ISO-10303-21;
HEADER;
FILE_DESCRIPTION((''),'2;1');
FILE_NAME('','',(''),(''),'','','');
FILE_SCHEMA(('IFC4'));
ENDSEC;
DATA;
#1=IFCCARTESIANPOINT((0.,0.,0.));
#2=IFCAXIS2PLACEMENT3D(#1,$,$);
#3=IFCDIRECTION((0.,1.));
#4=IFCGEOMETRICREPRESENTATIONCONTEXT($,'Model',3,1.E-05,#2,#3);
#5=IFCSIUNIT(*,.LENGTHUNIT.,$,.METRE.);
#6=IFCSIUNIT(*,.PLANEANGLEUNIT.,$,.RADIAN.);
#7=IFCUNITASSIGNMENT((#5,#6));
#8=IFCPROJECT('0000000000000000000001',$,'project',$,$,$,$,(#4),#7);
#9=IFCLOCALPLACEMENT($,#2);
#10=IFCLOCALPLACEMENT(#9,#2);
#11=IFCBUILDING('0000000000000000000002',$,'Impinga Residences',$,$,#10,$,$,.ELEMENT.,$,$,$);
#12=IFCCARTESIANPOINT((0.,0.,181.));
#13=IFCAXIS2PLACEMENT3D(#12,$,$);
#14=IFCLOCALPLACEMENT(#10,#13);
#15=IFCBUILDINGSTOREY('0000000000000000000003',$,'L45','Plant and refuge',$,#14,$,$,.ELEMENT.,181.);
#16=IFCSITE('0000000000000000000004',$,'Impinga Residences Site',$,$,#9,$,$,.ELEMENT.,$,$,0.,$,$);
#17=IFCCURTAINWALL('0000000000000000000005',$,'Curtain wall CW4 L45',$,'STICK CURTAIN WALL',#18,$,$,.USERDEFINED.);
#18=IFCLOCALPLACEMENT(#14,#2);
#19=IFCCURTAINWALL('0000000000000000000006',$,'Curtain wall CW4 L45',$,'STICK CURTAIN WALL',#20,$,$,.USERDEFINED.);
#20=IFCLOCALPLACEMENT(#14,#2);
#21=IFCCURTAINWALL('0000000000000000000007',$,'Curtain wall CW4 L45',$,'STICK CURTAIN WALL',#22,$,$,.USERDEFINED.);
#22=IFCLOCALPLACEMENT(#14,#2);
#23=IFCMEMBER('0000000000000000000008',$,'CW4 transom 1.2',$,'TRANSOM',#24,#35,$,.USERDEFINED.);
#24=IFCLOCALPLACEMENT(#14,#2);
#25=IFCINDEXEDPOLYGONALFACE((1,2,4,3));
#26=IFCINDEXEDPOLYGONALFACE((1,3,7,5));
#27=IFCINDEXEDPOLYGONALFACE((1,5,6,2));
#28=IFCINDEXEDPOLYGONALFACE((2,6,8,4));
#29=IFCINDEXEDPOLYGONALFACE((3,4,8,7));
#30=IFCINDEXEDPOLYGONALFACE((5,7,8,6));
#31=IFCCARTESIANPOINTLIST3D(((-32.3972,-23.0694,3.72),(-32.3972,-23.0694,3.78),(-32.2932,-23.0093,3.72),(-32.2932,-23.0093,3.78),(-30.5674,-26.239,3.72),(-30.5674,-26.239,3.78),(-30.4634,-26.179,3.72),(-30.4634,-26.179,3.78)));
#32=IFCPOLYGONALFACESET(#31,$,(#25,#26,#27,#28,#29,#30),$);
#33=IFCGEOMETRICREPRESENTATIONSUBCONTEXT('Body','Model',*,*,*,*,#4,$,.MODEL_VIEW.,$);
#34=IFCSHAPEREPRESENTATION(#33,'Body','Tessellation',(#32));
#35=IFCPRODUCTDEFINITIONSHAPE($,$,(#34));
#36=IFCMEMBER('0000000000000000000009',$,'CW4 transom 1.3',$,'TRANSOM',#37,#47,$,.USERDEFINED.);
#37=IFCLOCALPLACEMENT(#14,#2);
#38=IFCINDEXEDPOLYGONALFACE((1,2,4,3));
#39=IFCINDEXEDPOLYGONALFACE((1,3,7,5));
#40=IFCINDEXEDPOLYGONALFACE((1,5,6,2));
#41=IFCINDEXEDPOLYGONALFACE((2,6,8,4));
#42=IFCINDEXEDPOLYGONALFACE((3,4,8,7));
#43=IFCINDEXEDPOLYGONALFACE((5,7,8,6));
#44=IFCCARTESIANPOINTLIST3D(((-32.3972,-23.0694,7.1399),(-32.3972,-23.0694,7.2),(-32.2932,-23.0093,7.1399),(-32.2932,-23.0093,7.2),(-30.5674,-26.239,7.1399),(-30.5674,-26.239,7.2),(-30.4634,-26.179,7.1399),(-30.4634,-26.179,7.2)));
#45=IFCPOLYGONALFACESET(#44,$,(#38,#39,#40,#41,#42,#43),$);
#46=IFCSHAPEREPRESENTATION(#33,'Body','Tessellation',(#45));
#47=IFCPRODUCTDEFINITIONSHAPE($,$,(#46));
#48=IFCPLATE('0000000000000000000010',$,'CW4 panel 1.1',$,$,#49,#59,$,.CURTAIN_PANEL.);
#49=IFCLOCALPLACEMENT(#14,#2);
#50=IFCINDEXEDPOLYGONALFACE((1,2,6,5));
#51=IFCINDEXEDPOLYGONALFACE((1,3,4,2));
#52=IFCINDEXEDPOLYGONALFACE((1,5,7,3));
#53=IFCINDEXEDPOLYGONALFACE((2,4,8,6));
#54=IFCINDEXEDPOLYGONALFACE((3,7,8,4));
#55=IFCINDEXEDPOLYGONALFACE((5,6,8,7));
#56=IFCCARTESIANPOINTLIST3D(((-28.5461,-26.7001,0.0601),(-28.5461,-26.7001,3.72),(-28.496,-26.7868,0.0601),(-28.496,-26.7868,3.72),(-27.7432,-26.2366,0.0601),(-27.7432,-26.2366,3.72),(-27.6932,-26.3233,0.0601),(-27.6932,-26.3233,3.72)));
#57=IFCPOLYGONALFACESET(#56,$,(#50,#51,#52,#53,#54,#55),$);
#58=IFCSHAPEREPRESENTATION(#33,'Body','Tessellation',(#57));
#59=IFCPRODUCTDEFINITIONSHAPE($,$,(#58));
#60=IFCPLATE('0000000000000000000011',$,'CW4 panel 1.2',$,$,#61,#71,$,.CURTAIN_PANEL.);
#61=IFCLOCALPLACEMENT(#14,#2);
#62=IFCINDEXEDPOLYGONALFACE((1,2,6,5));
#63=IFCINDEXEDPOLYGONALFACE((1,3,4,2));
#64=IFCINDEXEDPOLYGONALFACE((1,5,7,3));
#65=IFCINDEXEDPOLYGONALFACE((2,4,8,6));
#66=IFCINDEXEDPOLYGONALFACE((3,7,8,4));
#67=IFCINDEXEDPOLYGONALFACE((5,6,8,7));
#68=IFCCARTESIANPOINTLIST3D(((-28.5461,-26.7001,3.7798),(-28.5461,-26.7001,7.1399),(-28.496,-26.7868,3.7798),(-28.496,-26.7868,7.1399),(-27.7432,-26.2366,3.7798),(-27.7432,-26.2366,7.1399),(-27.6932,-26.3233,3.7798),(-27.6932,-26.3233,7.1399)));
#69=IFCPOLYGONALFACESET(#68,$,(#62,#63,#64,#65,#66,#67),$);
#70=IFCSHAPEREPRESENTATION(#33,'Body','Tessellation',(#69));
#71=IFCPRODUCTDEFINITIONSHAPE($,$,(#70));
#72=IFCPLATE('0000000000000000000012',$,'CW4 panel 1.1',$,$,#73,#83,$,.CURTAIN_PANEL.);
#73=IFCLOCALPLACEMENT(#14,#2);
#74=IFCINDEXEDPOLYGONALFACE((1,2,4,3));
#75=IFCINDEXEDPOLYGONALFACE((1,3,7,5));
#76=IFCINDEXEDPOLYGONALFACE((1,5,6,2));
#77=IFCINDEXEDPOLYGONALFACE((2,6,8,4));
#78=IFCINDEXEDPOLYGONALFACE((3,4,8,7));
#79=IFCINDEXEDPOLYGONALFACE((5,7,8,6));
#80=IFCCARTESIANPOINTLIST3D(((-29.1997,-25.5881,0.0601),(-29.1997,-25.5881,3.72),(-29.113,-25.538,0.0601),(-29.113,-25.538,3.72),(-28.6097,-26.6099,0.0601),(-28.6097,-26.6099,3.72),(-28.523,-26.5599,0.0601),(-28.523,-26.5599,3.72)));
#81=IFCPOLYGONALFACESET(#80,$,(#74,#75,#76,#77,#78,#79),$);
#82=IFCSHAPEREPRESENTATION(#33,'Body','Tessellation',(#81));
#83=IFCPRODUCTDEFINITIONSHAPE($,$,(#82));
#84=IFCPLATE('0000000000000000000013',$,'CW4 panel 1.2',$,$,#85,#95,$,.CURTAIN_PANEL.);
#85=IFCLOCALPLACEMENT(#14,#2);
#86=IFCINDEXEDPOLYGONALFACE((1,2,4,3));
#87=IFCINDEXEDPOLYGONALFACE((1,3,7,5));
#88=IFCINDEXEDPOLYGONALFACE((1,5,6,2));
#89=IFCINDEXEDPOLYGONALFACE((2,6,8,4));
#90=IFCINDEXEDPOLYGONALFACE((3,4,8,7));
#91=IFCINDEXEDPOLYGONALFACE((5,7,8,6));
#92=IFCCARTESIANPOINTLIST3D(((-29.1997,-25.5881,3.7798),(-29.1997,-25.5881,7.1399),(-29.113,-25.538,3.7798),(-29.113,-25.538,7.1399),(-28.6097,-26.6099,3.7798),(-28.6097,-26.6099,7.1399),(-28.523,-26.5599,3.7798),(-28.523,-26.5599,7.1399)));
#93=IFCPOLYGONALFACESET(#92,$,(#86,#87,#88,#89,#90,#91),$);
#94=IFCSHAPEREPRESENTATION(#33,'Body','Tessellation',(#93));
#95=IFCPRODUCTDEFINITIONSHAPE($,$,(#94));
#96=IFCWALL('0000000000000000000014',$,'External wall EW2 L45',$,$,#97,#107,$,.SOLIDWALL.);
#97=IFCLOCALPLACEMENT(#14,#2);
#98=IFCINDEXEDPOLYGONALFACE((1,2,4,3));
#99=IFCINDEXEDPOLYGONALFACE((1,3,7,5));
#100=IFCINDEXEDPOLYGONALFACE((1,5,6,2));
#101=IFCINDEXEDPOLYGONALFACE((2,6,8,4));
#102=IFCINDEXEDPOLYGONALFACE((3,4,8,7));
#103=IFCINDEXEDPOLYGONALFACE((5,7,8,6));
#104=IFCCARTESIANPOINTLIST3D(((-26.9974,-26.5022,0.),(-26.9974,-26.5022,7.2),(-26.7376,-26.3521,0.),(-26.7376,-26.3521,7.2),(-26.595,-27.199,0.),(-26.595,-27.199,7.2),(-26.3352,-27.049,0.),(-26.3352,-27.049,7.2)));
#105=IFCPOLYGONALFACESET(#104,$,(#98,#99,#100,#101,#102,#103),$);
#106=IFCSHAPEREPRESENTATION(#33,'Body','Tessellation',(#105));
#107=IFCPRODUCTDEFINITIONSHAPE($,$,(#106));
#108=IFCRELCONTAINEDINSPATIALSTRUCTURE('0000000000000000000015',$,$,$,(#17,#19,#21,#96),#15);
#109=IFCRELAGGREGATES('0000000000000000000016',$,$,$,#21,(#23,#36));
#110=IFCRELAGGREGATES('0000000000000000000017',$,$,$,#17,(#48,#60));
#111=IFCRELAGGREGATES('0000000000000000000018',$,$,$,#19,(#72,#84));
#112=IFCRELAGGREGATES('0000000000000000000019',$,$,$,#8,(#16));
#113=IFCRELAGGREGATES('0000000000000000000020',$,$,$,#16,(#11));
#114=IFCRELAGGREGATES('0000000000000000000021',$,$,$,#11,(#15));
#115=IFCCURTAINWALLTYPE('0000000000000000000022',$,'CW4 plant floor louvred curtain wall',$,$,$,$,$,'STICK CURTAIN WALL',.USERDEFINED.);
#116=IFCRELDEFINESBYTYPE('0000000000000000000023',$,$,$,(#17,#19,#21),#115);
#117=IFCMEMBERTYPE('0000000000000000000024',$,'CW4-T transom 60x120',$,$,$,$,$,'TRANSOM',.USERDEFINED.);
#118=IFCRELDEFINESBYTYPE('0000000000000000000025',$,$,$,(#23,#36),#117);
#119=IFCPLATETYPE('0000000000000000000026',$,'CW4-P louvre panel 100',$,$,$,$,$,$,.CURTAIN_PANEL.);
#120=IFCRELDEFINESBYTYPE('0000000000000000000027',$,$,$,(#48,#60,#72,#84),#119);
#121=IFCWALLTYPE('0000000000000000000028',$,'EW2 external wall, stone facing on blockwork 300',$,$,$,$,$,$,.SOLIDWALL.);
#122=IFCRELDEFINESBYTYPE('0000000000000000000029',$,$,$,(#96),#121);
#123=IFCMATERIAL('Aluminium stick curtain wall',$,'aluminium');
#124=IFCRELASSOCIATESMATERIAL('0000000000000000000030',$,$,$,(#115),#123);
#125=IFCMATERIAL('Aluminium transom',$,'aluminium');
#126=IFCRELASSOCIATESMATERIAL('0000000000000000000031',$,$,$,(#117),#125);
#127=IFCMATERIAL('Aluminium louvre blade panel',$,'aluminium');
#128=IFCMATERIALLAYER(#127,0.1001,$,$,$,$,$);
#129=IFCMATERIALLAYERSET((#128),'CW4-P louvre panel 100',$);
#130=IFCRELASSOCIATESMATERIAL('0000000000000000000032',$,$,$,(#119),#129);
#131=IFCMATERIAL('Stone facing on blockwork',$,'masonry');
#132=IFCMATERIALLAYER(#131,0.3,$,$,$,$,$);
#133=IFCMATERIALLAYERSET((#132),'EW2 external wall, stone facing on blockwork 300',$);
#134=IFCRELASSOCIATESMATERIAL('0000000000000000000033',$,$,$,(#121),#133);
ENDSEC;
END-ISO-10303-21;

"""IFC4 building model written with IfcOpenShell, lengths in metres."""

from ifc_helpers import new_model, si_unit, direction, frame, frame_2d, origin, origin_2d, place, context, subcontext, project, spatial, rectangle, extrude, material, layer, layer_set, material_profile, profile_set, type_object, element, aggregate, save


model = new_model("IFC4")

# Units and contexts
model_context = context("Model", 3, precision=1e-05, world=origin(), true_north=direction((0.0, 1.0)))
body_context = subcontext(model_context, "Body", "Model", "MODEL_VIEW")
ifc_project = project(units=[si_unit("LENGTHUNIT", "METRE"), si_unit("PLANEANGLEUNIT", "RADIAN")], contexts=[model_context])

# Site, building, storey
site_placement = place(None, origin())
site = spatial("IfcSite", under=ifc_project, at=site_placement, Name="Impinga Residences Site", CompositionType="ELEMENT", RefElevation=0.0)
building_placement = place(site_placement, origin())
building = spatial("IfcBuilding", under=site, at=building_placement, Name="Impinga Residences", CompositionType="ELEMENT")
storey_placement = place(building_placement, frame((0.0, 0.0, 181.0)))
storey = spatial("IfcBuildingStorey", under=building, at=storey_placement, Name="L45", Description="Plant and refuge", CompositionType="ELEMENT", Elevation=181.0)

# Curtain wall
ifc_material_1 = material(Name="Aluminium stick curtain wall", Category="aluminium")
curtain_wall_type = type_object("IfcCurtainWallType", Name="CW4 plant floor louvred curtain wall", ElementType="STICK CURTAIN WALL", PredefinedType="USERDEFINED", material=ifc_material_1)
curtain_wall_1_placement = place(storey_placement, origin())
curtain_wall_1 = element("IfcCurtainWall", 1, at=curtain_wall_1_placement, inside=storey, type_object=curtain_wall_type, Name="Curtain wall CW4 L45", ObjectType="STICK CURTAIN WALL", PredefinedType="USERDEFINED")

# Curtain walls
curtain_wall_2_placement = place(storey_placement, origin())
curtain_wall_2 = element("IfcCurtainWall", 2, at=curtain_wall_2_placement, inside=storey, type_object=curtain_wall_type, Name="Curtain wall CW4 L45", ObjectType="STICK CURTAIN WALL", PredefinedType="USERDEFINED")
curtain_wall_3_placement = place(storey_placement, origin())
curtain_wall_3 = element("IfcCurtainWall", 3, at=curtain_wall_3_placement, inside=storey, type_object=curtain_wall_type, Name="Curtain wall CW4 L45", ObjectType="STICK CURTAIN WALL", PredefinedType="USERDEFINED")

# Members
ifc_material_2 = material(Name="Aluminium transom", Category="aluminium")
ifc_material_profile_1 = material_profile(ifc_material_2, rectangle(XDim=0.0601, YDim=0.1201, at=origin_2d()), Name="60x120 transom")
ifc_profile_set_1 = profile_set([ifc_material_profile_1], Name="Aluminium transom")
member_type_1 = type_object("IfcMemberType", Name="CW4-T transom 60x120", ElementType="TRANSOM", PredefinedType="USERDEFINED", material=ifc_profile_set_1)
member_1_placement = place(storey_placement, frame((-30.5154, -26.209, 3.75), z_axis=(-0.499963, 0.866047, 0.0), x_axis=(0.0, 0.0, 1.0)))
member_1 = element("IfcMember", 4, at=member_1_placement, type_object=member_type_1, Name="CW4 transom 1.2", ObjectType="TRANSOM", PredefinedType="USERDEFINED", context=body_context, shape_type="SweptSolid", body=[
    extrude(rectangle(XDim=0.0601, YDim=0.1201, at=origin_2d()), origin(), (0.0, 0.0, 1.0), 3.6599),
])
member_2_placement = place(storey_placement, frame((-30.5154, -26.209, 7.1699), z_axis=(-0.499963, 0.866047, 0.0), x_axis=(0.0, 0.0, 1.0)))
member_2 = element("IfcMember", 5, at=member_2_placement, type_object=member_type_1, Name="CW4 transom 1.3", ObjectType="TRANSOM", PredefinedType="USERDEFINED", context=body_context, shape_type="SweptSolid", body=[
    extrude(rectangle(XDim=0.0601, YDim=0.1201, at=origin_2d()), origin(), (0.0, 0.0, 1.0), 3.6599),
])
aggregate(curtain_wall_3, [member_1, member_2])

# Plates
ifc_material_3 = material(Name="Aluminium louvre blade panel", Category="aluminium")
ifc_layer_1 = layer(ifc_material_3, 0.1001)
ifc_layer_set_1 = layer_set([ifc_layer_1], Name="CW4-P louvre panel 100")
plate_type = type_object("IfcPlateType", Name="CW4-P louvre panel 100", PredefinedType="CURTAIN_PANEL", material=ifc_layer_set_1)
plate_1_placement = place(storey_placement, frame((-28.1196, -26.5117, 0.0601), z_axis=(0.0, 0.0, 1.0), x_axis=(-0.866025, -0.5, 0.0)))
plate_1 = element("IfcPlate", 6, at=plate_1_placement, type_object=plate_type, Name="CW4 panel 1.1", PredefinedType="CURTAIN_PANEL", context=body_context, shape_type="SweptSolid", body=[
    extrude(rectangle(XDim=0.927, YDim=0.1001, at=origin_2d()), origin(), (0.0, 0.0, 1.0), 3.6599),
])
plate_2_placement = place(storey_placement, frame((-28.1196, -26.5117, 3.7798), z_axis=(0.0, 0.0, 1.0), x_axis=(-0.866025, -0.5, 0.0)))
plate_2 = element("IfcPlate", 7, at=plate_2_placement, type_object=plate_type, Name="CW4 panel 1.2", PredefinedType="CURTAIN_PANEL", context=body_context, shape_type="SweptSolid", body=[
    extrude(rectangle(XDim=0.927, YDim=0.1001, at=origin_2d()), origin(), (0.0, 0.0, 1.0), 3.3601),
])
aggregate(curtain_wall_1, [plate_1, plate_2])
plate_3_placement = place(storey_placement, frame((-28.8613, -26.074, 0.0601), z_axis=(0.0, 0.0, 1.0), x_axis=(-0.5, 0.866025, 0.0)))
plate_3 = element("IfcPlate", 8, at=plate_3_placement, type_object=plate_type, Name="CW4 panel 1.1", PredefinedType="CURTAIN_PANEL", context=body_context, shape_type="SweptSolid", body=[
    extrude(rectangle(XDim=1.1799, YDim=0.1001, at=origin_2d()), origin(), (0.0, 0.0, 1.0), 3.6599),
])
plate_4_placement = place(storey_placement, frame((-28.8613, -26.074, 3.7798), z_axis=(0.0, 0.0, 1.0), x_axis=(-0.5, 0.866025, 0.0)))
plate_4 = element("IfcPlate", 9, at=plate_4_placement, type_object=plate_type, Name="CW4 panel 1.2", PredefinedType="CURTAIN_PANEL", context=body_context, shape_type="SweptSolid", body=[
    extrude(rectangle(XDim=1.1799, YDim=0.1001, at=origin_2d()), origin(), (0.0, 0.0, 1.0), 3.3601),
])
aggregate(curtain_wall_2, [plate_3, plate_4])

# Wall
ifc_material_4 = material(Name="Stone facing on blockwork", Category="masonry")
ifc_layer_2 = layer(ifc_material_4, 0.3)
ifc_layer_set_2 = layer_set([ifc_layer_2], Name="EW2 external wall, stone facing on blockwork 300")
wall_type = type_object("IfcWallType", Name="EW2 external wall, stone facing on blockwork 300", PredefinedType="SOLIDWALL", material=ifc_layer_set_2)
wall_placement = place(storey_placement, frame((-26.4651, -27.124, 0.0), z_axis=(0.0, 0.0, 1.0), x_axis=(-0.500055, 0.865994, 0.0)))
element("IfcWall", 10, at=wall_placement, inside=storey, type_object=wall_type, Name="External wall EW2 L45", PredefinedType="SOLIDWALL", context=body_context, shape_type="SweptSolid", body=[
    extrude(rectangle(XDim=0.8047, YDim=0.3, at=frame_2d((0.4023, 0.0))), origin(), (0.0, 0.0, 1.0), 7.2),
])

save(model, "model.ifc")
